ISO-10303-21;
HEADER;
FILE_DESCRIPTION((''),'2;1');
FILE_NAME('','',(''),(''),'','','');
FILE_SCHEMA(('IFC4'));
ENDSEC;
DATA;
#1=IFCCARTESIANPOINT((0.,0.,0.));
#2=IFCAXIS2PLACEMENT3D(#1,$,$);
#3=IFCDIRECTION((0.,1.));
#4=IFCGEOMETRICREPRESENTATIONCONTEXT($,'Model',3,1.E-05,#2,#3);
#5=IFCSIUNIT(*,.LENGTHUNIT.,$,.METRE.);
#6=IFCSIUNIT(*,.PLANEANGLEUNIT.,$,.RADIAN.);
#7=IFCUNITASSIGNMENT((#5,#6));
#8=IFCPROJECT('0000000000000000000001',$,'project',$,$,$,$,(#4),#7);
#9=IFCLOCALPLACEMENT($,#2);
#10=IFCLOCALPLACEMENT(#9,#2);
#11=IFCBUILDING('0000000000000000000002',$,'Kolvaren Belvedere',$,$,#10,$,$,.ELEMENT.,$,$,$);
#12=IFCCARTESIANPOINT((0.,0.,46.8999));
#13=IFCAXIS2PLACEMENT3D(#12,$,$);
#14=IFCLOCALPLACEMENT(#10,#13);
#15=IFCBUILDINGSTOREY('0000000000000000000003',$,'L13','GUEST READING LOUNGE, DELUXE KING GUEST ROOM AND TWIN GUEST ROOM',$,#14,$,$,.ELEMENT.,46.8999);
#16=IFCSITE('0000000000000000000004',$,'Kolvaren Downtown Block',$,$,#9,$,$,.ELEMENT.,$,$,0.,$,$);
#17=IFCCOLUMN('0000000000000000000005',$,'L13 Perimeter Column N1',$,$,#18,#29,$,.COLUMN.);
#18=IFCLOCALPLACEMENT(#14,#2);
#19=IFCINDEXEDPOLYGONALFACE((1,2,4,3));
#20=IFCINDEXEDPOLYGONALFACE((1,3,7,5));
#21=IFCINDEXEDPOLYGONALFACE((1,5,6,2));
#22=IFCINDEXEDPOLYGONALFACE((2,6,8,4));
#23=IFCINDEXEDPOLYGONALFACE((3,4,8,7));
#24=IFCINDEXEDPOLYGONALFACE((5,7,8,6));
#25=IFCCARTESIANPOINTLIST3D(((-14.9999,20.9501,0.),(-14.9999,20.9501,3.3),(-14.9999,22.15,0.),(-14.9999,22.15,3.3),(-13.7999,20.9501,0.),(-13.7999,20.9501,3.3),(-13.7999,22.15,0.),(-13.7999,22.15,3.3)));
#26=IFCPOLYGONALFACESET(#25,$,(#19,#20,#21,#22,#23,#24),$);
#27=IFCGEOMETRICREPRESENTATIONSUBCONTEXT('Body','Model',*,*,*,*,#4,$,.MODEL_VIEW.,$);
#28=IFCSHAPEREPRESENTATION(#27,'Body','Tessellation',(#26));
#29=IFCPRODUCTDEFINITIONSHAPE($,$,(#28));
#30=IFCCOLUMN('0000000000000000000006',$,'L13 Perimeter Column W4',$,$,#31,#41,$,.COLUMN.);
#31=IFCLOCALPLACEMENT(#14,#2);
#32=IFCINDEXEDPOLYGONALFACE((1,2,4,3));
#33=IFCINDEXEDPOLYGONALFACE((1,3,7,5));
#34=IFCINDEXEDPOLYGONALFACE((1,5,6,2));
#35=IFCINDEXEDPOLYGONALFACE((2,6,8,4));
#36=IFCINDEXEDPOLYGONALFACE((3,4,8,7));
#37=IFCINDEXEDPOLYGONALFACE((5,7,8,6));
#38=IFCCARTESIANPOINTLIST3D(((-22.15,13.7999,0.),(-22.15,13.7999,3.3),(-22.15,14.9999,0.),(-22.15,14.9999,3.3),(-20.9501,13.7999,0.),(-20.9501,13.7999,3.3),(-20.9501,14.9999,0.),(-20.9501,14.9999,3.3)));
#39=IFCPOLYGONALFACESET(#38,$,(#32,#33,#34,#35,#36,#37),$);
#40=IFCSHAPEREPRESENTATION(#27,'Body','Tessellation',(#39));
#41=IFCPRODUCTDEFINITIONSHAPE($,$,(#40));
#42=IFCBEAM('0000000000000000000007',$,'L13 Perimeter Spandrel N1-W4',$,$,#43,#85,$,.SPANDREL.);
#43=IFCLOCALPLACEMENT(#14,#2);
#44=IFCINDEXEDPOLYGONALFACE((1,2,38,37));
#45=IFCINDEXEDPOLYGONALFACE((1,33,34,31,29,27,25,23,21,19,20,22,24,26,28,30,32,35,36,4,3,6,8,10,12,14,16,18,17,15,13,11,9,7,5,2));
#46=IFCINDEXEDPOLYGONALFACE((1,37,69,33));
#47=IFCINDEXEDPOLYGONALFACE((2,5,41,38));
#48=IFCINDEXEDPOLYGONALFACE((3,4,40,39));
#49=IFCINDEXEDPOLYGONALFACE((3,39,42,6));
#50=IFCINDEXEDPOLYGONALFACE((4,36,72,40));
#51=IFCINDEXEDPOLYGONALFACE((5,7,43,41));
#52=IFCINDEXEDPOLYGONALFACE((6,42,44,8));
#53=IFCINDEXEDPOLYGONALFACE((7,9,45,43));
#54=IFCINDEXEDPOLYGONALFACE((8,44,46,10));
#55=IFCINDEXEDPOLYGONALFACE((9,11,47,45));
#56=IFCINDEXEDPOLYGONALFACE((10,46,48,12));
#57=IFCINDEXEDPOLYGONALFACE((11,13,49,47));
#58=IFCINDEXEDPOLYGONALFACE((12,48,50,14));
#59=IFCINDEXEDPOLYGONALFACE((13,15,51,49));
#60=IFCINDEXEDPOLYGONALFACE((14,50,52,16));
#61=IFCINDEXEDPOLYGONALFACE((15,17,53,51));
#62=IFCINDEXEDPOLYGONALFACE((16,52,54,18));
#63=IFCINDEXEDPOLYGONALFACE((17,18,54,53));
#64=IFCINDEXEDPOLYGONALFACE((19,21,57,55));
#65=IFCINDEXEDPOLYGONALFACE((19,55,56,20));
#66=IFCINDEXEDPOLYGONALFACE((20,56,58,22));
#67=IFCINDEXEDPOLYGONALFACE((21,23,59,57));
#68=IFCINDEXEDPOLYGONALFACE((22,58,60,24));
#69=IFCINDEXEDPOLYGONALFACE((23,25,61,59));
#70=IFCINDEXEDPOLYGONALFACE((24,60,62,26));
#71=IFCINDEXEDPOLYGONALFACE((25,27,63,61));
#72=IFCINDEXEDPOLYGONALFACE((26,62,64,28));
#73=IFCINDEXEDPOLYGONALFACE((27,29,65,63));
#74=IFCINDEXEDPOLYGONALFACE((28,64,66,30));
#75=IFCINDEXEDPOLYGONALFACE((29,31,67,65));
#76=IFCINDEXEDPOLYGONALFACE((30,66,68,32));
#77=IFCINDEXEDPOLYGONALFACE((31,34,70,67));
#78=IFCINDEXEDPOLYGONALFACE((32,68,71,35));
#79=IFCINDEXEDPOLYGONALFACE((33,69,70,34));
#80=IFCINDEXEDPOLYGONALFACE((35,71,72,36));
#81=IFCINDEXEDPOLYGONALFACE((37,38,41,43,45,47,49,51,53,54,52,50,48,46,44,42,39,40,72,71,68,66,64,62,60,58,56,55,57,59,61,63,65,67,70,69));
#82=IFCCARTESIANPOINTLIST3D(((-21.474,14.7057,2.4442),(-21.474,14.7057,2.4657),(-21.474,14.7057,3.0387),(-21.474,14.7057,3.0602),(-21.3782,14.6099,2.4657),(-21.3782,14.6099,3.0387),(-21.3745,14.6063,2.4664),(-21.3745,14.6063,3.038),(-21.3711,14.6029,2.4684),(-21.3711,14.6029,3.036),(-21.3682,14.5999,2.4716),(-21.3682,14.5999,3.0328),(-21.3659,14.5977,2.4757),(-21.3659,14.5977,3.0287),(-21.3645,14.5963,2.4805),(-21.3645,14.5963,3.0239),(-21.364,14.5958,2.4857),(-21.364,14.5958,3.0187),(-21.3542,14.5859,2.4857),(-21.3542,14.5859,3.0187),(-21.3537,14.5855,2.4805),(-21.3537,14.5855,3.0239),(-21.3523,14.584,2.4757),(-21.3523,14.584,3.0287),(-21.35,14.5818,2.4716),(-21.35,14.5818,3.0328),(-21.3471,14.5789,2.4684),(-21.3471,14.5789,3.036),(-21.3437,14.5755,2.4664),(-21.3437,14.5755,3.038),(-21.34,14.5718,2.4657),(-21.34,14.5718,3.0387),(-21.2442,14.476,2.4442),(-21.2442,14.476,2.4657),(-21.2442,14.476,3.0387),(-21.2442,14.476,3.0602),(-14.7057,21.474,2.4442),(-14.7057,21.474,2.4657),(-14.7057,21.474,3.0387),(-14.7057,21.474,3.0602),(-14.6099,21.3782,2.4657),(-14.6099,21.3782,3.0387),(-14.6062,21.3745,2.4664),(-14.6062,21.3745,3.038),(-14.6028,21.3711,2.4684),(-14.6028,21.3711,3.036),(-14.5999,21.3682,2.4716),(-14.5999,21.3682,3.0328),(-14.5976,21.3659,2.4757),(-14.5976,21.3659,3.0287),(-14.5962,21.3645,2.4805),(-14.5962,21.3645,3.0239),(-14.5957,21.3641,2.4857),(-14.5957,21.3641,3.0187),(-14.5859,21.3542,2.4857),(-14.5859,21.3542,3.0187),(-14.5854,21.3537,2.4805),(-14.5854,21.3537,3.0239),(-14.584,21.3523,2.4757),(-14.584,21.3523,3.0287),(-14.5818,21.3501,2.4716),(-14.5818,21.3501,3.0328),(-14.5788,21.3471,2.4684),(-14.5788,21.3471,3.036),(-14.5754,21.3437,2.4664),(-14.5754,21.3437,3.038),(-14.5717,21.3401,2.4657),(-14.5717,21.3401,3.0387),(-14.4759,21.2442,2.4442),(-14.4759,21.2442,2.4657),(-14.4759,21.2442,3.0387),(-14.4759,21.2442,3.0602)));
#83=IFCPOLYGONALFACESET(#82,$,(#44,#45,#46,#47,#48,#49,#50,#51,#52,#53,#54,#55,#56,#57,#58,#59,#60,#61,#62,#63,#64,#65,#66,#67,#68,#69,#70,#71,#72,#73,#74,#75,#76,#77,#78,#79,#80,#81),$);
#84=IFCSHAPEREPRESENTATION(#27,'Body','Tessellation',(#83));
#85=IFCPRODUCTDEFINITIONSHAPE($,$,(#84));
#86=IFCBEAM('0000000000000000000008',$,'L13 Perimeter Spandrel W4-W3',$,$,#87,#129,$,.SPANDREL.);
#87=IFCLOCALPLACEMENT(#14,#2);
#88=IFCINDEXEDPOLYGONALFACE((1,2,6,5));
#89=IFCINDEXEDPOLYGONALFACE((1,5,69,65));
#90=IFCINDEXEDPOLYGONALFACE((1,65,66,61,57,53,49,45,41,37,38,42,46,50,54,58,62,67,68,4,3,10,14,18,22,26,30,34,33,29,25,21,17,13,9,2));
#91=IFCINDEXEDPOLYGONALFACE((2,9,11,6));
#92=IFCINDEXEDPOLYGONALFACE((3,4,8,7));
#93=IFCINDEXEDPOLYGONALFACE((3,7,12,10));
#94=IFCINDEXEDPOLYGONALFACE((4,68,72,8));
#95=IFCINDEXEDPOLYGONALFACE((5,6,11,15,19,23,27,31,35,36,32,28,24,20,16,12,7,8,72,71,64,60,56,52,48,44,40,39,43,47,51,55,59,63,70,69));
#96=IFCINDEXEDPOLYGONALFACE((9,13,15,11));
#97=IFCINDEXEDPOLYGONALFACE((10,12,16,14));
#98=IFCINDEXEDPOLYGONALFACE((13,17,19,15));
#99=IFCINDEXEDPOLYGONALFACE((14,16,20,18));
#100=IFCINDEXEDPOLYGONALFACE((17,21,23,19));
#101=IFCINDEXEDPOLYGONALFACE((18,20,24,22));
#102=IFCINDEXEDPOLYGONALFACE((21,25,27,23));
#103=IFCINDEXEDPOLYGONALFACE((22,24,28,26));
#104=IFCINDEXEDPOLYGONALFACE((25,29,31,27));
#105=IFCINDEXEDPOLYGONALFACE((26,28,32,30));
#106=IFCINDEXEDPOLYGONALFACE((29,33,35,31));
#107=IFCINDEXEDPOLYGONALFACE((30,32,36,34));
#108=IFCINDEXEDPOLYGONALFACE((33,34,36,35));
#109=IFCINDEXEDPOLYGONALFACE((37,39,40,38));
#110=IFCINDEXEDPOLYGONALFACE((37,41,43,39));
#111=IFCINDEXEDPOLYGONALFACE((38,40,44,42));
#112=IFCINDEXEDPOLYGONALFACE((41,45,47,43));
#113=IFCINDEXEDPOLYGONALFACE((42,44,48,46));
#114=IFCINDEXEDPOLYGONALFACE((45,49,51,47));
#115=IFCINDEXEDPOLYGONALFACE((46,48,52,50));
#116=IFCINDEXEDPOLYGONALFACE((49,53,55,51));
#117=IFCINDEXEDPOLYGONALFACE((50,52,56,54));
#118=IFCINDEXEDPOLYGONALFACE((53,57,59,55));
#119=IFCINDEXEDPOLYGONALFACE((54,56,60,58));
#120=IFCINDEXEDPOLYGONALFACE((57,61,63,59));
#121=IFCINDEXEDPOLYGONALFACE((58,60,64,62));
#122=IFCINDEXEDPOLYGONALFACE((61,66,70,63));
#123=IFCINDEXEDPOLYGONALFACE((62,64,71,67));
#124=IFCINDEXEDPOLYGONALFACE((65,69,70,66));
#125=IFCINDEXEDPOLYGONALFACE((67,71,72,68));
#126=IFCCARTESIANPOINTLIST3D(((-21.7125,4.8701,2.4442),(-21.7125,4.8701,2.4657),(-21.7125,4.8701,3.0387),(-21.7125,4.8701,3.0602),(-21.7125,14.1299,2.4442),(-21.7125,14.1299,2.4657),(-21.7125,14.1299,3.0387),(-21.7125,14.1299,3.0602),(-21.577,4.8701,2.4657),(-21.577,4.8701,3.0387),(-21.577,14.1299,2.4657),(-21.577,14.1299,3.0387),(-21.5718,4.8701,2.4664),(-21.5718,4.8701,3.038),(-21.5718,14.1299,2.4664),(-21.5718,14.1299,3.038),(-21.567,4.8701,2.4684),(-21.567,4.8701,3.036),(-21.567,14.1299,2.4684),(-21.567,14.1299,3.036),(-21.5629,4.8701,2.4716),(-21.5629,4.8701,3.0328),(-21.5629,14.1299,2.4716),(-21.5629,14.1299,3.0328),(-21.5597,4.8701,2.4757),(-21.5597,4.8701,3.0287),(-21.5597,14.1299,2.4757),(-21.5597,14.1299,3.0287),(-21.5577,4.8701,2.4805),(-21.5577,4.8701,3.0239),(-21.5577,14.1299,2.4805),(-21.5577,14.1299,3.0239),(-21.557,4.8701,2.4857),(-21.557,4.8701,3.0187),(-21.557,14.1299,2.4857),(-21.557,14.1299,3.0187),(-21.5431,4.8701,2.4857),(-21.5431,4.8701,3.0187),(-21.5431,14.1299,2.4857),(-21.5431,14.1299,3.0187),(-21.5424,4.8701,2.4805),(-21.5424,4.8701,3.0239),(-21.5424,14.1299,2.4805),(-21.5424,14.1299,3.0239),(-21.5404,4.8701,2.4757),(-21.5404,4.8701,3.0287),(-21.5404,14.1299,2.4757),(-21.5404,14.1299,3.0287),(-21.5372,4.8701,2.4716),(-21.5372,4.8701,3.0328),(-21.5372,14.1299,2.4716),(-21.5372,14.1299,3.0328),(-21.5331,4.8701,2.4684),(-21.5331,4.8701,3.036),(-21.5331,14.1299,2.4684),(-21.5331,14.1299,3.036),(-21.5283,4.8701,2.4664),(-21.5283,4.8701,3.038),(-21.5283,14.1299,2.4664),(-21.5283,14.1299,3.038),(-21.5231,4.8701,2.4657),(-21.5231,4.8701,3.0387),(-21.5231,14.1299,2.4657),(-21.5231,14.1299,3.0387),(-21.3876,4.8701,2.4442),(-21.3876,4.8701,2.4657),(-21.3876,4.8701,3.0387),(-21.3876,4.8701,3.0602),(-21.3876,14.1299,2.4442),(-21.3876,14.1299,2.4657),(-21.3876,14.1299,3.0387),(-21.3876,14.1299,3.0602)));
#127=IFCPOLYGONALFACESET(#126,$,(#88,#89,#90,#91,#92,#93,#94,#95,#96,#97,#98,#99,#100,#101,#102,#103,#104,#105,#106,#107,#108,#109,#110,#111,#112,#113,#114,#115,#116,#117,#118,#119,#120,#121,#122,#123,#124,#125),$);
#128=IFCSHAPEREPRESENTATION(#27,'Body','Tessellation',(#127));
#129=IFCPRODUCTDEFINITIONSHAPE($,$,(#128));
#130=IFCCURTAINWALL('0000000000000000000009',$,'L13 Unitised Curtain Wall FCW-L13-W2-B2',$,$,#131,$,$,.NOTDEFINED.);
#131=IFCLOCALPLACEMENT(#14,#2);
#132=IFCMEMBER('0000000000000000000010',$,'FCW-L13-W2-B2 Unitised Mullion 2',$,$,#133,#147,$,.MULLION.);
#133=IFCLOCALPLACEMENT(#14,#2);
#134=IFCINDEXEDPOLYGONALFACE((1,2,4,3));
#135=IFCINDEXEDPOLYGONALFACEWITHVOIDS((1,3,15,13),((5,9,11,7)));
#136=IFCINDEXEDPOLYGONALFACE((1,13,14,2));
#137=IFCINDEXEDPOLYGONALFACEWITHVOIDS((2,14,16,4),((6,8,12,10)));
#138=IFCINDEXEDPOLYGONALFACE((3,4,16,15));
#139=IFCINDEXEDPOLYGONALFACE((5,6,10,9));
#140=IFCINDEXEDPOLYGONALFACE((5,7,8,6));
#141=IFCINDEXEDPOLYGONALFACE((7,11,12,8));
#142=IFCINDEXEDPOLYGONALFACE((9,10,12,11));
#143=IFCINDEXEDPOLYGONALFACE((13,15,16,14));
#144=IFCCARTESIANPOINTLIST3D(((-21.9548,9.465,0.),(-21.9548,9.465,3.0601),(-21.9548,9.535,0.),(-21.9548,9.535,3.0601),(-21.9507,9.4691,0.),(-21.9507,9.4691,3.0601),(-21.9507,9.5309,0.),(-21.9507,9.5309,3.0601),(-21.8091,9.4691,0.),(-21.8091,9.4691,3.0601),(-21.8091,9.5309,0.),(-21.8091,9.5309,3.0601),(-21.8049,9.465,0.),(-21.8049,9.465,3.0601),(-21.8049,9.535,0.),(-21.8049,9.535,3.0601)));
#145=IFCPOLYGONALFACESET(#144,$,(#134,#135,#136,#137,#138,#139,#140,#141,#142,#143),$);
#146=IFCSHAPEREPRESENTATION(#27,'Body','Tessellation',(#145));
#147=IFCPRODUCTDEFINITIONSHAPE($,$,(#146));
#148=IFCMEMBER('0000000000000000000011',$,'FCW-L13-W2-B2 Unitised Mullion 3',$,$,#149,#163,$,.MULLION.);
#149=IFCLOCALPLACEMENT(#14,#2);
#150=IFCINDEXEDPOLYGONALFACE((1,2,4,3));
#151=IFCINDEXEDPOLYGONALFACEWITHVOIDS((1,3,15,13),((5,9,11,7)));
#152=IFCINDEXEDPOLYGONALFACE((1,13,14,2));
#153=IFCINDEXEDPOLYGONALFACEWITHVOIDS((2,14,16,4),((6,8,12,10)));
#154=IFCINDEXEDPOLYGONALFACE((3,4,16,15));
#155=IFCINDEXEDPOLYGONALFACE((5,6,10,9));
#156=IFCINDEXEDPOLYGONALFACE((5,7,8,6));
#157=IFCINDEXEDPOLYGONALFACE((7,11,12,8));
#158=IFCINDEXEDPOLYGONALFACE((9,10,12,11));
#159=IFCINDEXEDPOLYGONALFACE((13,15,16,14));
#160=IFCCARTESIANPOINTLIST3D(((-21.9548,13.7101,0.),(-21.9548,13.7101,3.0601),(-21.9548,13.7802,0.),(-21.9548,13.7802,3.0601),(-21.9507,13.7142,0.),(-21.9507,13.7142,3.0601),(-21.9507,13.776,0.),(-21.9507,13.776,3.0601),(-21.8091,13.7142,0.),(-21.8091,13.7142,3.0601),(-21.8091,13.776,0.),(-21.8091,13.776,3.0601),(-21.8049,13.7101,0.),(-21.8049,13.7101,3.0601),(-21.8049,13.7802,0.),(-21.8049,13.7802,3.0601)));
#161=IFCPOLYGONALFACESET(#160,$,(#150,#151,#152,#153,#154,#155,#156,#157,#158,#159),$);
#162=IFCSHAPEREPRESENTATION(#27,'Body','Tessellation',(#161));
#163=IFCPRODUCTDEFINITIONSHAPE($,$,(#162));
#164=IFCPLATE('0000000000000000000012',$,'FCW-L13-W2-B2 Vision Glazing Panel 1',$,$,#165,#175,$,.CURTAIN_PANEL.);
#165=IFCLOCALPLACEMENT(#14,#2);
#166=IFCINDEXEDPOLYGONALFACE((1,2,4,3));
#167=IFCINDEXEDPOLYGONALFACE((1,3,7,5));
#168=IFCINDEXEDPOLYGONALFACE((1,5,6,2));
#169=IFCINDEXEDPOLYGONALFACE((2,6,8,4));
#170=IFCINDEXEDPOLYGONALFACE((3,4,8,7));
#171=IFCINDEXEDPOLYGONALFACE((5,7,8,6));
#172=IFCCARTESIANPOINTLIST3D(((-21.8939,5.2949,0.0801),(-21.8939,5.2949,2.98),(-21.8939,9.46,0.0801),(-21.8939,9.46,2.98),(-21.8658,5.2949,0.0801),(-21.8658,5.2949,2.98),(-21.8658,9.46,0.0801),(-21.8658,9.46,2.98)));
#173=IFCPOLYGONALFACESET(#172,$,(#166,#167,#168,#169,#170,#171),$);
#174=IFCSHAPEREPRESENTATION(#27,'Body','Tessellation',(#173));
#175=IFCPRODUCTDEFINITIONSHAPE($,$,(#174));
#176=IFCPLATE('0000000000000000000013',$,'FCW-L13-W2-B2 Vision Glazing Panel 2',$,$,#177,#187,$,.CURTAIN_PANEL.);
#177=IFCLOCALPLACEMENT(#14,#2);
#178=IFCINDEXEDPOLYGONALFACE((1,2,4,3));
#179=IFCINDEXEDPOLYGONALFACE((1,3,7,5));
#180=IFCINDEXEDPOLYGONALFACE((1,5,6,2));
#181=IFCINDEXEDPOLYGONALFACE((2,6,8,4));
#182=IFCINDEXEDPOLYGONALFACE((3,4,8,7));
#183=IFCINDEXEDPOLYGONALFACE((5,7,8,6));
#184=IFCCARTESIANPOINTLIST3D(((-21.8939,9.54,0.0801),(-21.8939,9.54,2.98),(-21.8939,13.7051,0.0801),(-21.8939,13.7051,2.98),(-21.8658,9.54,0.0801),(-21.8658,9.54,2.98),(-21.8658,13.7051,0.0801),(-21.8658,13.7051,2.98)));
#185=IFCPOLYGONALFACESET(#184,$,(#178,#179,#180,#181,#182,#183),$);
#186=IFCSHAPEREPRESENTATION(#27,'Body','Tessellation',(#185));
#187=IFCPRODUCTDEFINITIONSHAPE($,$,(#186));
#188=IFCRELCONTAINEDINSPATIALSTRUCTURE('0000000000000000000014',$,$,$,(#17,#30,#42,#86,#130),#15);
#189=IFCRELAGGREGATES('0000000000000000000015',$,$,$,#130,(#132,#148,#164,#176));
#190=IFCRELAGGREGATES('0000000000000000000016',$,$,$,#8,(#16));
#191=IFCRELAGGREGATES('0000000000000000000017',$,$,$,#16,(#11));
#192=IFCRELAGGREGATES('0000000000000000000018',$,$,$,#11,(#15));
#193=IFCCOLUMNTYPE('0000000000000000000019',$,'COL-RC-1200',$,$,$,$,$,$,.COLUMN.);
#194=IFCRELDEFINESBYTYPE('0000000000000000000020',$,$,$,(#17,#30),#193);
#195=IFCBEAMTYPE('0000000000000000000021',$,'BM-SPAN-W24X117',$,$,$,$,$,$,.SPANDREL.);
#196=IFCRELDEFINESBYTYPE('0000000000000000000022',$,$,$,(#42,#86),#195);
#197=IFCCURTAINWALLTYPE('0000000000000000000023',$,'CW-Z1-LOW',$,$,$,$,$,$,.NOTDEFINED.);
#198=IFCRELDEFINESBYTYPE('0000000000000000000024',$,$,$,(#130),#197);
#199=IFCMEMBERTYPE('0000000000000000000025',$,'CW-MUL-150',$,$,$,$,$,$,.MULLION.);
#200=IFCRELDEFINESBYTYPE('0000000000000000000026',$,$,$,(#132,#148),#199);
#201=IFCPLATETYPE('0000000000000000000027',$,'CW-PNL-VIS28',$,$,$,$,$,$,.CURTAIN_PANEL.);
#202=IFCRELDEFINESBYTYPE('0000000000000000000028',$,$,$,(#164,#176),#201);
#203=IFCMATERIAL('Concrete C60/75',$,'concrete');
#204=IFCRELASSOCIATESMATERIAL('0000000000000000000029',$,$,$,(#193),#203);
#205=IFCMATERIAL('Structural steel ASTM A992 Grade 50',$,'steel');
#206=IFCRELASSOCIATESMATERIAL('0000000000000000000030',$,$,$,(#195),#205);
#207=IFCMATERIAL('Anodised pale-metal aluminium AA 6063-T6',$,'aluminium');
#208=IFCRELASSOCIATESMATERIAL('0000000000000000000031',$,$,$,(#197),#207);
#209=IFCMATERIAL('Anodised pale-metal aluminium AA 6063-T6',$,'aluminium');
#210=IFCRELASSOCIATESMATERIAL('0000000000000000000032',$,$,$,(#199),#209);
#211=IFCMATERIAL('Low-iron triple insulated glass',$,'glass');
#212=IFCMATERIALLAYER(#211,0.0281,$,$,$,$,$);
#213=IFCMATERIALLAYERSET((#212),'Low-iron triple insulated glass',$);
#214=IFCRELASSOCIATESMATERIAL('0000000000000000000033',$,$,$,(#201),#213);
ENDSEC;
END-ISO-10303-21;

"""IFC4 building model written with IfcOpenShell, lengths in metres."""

from ifc_helpers import new_model, si_unit, direction, frame, origin, origin_2d, place, context, subcontext, project, spatial, rectangle, hollow_rectangle, i_section, extrude, material, layer, layer_set, material_profile, profile_set, type_object, element, aggregate, save


model = new_model("IFC4")

# Units and contexts
model_context = context("Model", 3, precision=1e-05, world=origin(), true_north=direction((0.0, 1.0)))
body_context = subcontext(model_context, "Body", "Model", "MODEL_VIEW")
ifc_project = project(units=[si_unit("LENGTHUNIT", "METRE"), si_unit("PLANEANGLEUNIT", "RADIAN")], contexts=[model_context])

# Site, building, storey
site_placement = place(None, origin())
site = spatial("IfcSite", under=ifc_project, at=site_placement, Name="Kolvaren Downtown Block", CompositionType="ELEMENT", RefElevation=0.0)
building_placement = place(site_placement, origin())
building = spatial("IfcBuilding", under=site, at=building_placement, Name="Kolvaren Belvedere", CompositionType="ELEMENT")
storey_placement = place(building_placement, frame((0.0, 0.0, 46.8999)))
storey = spatial("IfcBuildingStorey", under=building, at=storey_placement, Name="L13", Description="GUEST READING LOUNGE, DELUXE KING GUEST ROOM AND TWIN GUEST ROOM", CompositionType="ELEMENT", Elevation=46.8999)

# Columns
ifc_material_1 = material(Name="Concrete C60/75", Category="concrete")
ifc_material_profile_1 = material_profile(ifc_material_1, rectangle(XDim=1.2, YDim=1.2, at=origin_2d()), Name="RC 1200X1200")
ifc_profile_set_1 = profile_set([ifc_material_profile_1], Name="Concrete C60/75")
column_type = type_object("IfcColumnType", Name="COL-RC-1200", PredefinedType="COLUMN", material=ifc_profile_set_1)
for number, where, z_axis, x_axis, name in (
    (1, (-14.3999, 21.55, 0.0), (0.0, 0.0, 1.0), (1.0, 0.0, 0.0), "L13 Perimeter Column N1"),
    (2, (-21.55, 14.3999, 0.0), (0.0, 0.0, 1.0), (1.0, 0.0, 0.0), "L13 Perimeter Column W4"),
):
    element("IfcColumn", number, at=place(storey_placement, frame(where, z_axis=z_axis, x_axis=x_axis)), inside=storey, type_object=column_type, Name=name, PredefinedType="COLUMN", context=body_context, shape_type="SweptSolid", body=[
        extrude(rectangle(XDim=1.2, YDim=1.2, at=origin_2d()), origin(), (0.0, 0.0, 1.0), 3.3),
    ])

# Beams
ifc_material_2 = material(Name="Structural steel ASTM A992 Grade 50", Category="steel")
ifc_material_profile_2 = material_profile(ifc_material_2, i_section(OverallWidth=0.325, OverallDepth=0.616, WebThickness=0.0139, FlangeThickness=0.0215, FilletRadius=0.02, at=origin_2d()), Name="W24X117")
ifc_profile_set_2 = profile_set([ifc_material_profile_2], Name="Structural steel ASTM A992 Grade 50")
beam_type = type_object("IfcBeamType", Name="BM-SPAN-W24X117", PredefinedType="SPANDREL", material=ifc_profile_set_2)
beam_1_placement = place(storey_placement, frame((-14.5908, 21.3591, 2.7522), z_axis=(-0.707107, -0.707107, 0.0), x_axis=(0.707107, -0.707107, 0.0)))
element("IfcBeam", 3, at=beam_1_placement, inside=storey, type_object=beam_type, Name="L13 Perimeter Spandrel N1-W4", PredefinedType="SPANDREL", context=body_context, shape_type="SweptSolid", body=[
    extrude(i_section(OverallWidth=0.325, OverallDepth=0.616, WebThickness=0.0139, FlangeThickness=0.0215, FilletRadius=0.02, at=origin_2d()), origin(), (0.0, 0.0, 1.0), 9.5718),
])
beam_2_placement = place(storey_placement, frame((-21.55, 14.1299, 2.7522), z_axis=(0.0, -1.0, 0.0), x_axis=(1.0, 0.0, 0.0)))
element("IfcBeam", 4, at=beam_2_placement, inside=storey, type_object=beam_type, Name="L13 Perimeter Spandrel W4-W3", PredefinedType="SPANDREL", context=body_context, shape_type="SweptSolid", body=[
    extrude(i_section(OverallWidth=0.325, OverallDepth=0.616, WebThickness=0.0139, FlangeThickness=0.0215, FilletRadius=0.02, at=origin_2d()), origin(), (0.0, 0.0, 1.0), 9.2598),
])

# Curtain wall, members, plates
ifc_material_3 = material(Name="Anodised pale-metal aluminium AA 6063-T6", Category="aluminium")
curtain_wall_type = type_object("IfcCurtainWallType", Name="CW-Z1-LOW", PredefinedType="NOTDEFINED", material=ifc_material_3)
curtain_wall_placement = place(storey_placement, origin())
curtain_wall = element("IfcCurtainWall", 5, at=curtain_wall_placement, inside=storey, type_object=curtain_wall_type, Name="L13 Unitised Curtain Wall FCW-L13-W2-B2", PredefinedType="NOTDEFINED")
ifc_material_4 = material(Name="Anodised pale-metal aluminium AA 6063-T6", Category="aluminium")
ifc_material_profile_3 = material_profile(ifc_material_4, hollow_rectangle(XDim=0.0701, YDim=0.1499, WallThickness=0.0042, at=origin_2d()), Name="ALU-MUL-150X70")
ifc_profile_set_3 = profile_set([ifc_material_profile_3], Name="Anodised pale-metal aluminium AA 6063-T6")
member_type = type_object("IfcMemberType", Name="CW-MUL-150", PredefinedType="MULLION", material=ifc_profile_set_3)
member_1_placement = place(storey_placement, frame((-21.8799, 9.5, 0.0), z_axis=(0.0, 0.0, 1.0), x_axis=(0.0, 1.0, 0.0)))
member_1 = element("IfcMember", 6, at=member_1_placement, type_object=member_type, Name="FCW-L13-W2-B2 Unitised Mullion 2", PredefinedType="MULLION", context=body_context, shape_type="SweptSolid", body=[
    extrude(hollow_rectangle(XDim=0.0701, YDim=0.1499, WallThickness=0.0042, at=origin_2d()), origin(), (0.0, 0.0, 1.0), 3.0601),
])
member_2_placement = place(storey_placement, frame((-21.8799, 13.7451, 0.0), z_axis=(0.0, 0.0, 1.0), x_axis=(0.0, 1.0, 0.0)))
member_2 = element("IfcMember", 7, at=member_2_placement, type_object=member_type, Name="FCW-L13-W2-B2 Unitised Mullion 3", PredefinedType="MULLION", context=body_context, shape_type="SweptSolid", body=[
    extrude(hollow_rectangle(XDim=0.0701, YDim=0.1499, WallThickness=0.0042, at=origin_2d()), origin(), (0.0, 0.0, 1.0), 3.0601),
])
ifc_material_5 = material(Name="Low-iron triple insulated glass", Category="glass")
ifc_layer_1 = layer(ifc_material_5, 0.0281)
ifc_layer_set_1 = layer_set([ifc_layer_1], Name="Low-iron triple insulated glass")
plate_type_1 = type_object("IfcPlateType", Name="CW-PNL-VIS28", PredefinedType="CURTAIN_PANEL", material=ifc_layer_set_1)
plate_1_placement = place(storey_placement, frame((-21.8799, 7.3774, 0.0801), z_axis=(0.0, 0.0, 1.0), x_axis=(0.0, 1.0, 0.0)))
plate_1 = element("IfcPlate", 8, at=plate_1_placement, type_object=plate_type_1, Name="FCW-L13-W2-B2 Vision Glazing Panel 1", PredefinedType="CURTAIN_PANEL", context=body_context, shape_type="SweptSolid", body=[
    extrude(rectangle(XDim=4.165, YDim=0.0281, at=origin_2d()), origin(), (0.0, 0.0, 1.0), 2.8999),
])
plate_2_placement = place(storey_placement, frame((-21.8799, 11.6226, 0.0801), z_axis=(0.0, 0.0, 1.0), x_axis=(0.0, 1.0, 0.0)))
plate_2 = element("IfcPlate", 9, at=plate_2_placement, type_object=plate_type_1, Name="FCW-L13-W2-B2 Vision Glazing Panel 2", PredefinedType="CURTAIN_PANEL", context=body_context, shape_type="SweptSolid", body=[
    extrude(rectangle(XDim=4.165, YDim=0.0281, at=origin_2d()), origin(), (0.0, 0.0, 1.0), 2.8999),
])
aggregate(curtain_wall, [member_1, member_2, plate_1, plate_2])

save(model, "model.ifc")
